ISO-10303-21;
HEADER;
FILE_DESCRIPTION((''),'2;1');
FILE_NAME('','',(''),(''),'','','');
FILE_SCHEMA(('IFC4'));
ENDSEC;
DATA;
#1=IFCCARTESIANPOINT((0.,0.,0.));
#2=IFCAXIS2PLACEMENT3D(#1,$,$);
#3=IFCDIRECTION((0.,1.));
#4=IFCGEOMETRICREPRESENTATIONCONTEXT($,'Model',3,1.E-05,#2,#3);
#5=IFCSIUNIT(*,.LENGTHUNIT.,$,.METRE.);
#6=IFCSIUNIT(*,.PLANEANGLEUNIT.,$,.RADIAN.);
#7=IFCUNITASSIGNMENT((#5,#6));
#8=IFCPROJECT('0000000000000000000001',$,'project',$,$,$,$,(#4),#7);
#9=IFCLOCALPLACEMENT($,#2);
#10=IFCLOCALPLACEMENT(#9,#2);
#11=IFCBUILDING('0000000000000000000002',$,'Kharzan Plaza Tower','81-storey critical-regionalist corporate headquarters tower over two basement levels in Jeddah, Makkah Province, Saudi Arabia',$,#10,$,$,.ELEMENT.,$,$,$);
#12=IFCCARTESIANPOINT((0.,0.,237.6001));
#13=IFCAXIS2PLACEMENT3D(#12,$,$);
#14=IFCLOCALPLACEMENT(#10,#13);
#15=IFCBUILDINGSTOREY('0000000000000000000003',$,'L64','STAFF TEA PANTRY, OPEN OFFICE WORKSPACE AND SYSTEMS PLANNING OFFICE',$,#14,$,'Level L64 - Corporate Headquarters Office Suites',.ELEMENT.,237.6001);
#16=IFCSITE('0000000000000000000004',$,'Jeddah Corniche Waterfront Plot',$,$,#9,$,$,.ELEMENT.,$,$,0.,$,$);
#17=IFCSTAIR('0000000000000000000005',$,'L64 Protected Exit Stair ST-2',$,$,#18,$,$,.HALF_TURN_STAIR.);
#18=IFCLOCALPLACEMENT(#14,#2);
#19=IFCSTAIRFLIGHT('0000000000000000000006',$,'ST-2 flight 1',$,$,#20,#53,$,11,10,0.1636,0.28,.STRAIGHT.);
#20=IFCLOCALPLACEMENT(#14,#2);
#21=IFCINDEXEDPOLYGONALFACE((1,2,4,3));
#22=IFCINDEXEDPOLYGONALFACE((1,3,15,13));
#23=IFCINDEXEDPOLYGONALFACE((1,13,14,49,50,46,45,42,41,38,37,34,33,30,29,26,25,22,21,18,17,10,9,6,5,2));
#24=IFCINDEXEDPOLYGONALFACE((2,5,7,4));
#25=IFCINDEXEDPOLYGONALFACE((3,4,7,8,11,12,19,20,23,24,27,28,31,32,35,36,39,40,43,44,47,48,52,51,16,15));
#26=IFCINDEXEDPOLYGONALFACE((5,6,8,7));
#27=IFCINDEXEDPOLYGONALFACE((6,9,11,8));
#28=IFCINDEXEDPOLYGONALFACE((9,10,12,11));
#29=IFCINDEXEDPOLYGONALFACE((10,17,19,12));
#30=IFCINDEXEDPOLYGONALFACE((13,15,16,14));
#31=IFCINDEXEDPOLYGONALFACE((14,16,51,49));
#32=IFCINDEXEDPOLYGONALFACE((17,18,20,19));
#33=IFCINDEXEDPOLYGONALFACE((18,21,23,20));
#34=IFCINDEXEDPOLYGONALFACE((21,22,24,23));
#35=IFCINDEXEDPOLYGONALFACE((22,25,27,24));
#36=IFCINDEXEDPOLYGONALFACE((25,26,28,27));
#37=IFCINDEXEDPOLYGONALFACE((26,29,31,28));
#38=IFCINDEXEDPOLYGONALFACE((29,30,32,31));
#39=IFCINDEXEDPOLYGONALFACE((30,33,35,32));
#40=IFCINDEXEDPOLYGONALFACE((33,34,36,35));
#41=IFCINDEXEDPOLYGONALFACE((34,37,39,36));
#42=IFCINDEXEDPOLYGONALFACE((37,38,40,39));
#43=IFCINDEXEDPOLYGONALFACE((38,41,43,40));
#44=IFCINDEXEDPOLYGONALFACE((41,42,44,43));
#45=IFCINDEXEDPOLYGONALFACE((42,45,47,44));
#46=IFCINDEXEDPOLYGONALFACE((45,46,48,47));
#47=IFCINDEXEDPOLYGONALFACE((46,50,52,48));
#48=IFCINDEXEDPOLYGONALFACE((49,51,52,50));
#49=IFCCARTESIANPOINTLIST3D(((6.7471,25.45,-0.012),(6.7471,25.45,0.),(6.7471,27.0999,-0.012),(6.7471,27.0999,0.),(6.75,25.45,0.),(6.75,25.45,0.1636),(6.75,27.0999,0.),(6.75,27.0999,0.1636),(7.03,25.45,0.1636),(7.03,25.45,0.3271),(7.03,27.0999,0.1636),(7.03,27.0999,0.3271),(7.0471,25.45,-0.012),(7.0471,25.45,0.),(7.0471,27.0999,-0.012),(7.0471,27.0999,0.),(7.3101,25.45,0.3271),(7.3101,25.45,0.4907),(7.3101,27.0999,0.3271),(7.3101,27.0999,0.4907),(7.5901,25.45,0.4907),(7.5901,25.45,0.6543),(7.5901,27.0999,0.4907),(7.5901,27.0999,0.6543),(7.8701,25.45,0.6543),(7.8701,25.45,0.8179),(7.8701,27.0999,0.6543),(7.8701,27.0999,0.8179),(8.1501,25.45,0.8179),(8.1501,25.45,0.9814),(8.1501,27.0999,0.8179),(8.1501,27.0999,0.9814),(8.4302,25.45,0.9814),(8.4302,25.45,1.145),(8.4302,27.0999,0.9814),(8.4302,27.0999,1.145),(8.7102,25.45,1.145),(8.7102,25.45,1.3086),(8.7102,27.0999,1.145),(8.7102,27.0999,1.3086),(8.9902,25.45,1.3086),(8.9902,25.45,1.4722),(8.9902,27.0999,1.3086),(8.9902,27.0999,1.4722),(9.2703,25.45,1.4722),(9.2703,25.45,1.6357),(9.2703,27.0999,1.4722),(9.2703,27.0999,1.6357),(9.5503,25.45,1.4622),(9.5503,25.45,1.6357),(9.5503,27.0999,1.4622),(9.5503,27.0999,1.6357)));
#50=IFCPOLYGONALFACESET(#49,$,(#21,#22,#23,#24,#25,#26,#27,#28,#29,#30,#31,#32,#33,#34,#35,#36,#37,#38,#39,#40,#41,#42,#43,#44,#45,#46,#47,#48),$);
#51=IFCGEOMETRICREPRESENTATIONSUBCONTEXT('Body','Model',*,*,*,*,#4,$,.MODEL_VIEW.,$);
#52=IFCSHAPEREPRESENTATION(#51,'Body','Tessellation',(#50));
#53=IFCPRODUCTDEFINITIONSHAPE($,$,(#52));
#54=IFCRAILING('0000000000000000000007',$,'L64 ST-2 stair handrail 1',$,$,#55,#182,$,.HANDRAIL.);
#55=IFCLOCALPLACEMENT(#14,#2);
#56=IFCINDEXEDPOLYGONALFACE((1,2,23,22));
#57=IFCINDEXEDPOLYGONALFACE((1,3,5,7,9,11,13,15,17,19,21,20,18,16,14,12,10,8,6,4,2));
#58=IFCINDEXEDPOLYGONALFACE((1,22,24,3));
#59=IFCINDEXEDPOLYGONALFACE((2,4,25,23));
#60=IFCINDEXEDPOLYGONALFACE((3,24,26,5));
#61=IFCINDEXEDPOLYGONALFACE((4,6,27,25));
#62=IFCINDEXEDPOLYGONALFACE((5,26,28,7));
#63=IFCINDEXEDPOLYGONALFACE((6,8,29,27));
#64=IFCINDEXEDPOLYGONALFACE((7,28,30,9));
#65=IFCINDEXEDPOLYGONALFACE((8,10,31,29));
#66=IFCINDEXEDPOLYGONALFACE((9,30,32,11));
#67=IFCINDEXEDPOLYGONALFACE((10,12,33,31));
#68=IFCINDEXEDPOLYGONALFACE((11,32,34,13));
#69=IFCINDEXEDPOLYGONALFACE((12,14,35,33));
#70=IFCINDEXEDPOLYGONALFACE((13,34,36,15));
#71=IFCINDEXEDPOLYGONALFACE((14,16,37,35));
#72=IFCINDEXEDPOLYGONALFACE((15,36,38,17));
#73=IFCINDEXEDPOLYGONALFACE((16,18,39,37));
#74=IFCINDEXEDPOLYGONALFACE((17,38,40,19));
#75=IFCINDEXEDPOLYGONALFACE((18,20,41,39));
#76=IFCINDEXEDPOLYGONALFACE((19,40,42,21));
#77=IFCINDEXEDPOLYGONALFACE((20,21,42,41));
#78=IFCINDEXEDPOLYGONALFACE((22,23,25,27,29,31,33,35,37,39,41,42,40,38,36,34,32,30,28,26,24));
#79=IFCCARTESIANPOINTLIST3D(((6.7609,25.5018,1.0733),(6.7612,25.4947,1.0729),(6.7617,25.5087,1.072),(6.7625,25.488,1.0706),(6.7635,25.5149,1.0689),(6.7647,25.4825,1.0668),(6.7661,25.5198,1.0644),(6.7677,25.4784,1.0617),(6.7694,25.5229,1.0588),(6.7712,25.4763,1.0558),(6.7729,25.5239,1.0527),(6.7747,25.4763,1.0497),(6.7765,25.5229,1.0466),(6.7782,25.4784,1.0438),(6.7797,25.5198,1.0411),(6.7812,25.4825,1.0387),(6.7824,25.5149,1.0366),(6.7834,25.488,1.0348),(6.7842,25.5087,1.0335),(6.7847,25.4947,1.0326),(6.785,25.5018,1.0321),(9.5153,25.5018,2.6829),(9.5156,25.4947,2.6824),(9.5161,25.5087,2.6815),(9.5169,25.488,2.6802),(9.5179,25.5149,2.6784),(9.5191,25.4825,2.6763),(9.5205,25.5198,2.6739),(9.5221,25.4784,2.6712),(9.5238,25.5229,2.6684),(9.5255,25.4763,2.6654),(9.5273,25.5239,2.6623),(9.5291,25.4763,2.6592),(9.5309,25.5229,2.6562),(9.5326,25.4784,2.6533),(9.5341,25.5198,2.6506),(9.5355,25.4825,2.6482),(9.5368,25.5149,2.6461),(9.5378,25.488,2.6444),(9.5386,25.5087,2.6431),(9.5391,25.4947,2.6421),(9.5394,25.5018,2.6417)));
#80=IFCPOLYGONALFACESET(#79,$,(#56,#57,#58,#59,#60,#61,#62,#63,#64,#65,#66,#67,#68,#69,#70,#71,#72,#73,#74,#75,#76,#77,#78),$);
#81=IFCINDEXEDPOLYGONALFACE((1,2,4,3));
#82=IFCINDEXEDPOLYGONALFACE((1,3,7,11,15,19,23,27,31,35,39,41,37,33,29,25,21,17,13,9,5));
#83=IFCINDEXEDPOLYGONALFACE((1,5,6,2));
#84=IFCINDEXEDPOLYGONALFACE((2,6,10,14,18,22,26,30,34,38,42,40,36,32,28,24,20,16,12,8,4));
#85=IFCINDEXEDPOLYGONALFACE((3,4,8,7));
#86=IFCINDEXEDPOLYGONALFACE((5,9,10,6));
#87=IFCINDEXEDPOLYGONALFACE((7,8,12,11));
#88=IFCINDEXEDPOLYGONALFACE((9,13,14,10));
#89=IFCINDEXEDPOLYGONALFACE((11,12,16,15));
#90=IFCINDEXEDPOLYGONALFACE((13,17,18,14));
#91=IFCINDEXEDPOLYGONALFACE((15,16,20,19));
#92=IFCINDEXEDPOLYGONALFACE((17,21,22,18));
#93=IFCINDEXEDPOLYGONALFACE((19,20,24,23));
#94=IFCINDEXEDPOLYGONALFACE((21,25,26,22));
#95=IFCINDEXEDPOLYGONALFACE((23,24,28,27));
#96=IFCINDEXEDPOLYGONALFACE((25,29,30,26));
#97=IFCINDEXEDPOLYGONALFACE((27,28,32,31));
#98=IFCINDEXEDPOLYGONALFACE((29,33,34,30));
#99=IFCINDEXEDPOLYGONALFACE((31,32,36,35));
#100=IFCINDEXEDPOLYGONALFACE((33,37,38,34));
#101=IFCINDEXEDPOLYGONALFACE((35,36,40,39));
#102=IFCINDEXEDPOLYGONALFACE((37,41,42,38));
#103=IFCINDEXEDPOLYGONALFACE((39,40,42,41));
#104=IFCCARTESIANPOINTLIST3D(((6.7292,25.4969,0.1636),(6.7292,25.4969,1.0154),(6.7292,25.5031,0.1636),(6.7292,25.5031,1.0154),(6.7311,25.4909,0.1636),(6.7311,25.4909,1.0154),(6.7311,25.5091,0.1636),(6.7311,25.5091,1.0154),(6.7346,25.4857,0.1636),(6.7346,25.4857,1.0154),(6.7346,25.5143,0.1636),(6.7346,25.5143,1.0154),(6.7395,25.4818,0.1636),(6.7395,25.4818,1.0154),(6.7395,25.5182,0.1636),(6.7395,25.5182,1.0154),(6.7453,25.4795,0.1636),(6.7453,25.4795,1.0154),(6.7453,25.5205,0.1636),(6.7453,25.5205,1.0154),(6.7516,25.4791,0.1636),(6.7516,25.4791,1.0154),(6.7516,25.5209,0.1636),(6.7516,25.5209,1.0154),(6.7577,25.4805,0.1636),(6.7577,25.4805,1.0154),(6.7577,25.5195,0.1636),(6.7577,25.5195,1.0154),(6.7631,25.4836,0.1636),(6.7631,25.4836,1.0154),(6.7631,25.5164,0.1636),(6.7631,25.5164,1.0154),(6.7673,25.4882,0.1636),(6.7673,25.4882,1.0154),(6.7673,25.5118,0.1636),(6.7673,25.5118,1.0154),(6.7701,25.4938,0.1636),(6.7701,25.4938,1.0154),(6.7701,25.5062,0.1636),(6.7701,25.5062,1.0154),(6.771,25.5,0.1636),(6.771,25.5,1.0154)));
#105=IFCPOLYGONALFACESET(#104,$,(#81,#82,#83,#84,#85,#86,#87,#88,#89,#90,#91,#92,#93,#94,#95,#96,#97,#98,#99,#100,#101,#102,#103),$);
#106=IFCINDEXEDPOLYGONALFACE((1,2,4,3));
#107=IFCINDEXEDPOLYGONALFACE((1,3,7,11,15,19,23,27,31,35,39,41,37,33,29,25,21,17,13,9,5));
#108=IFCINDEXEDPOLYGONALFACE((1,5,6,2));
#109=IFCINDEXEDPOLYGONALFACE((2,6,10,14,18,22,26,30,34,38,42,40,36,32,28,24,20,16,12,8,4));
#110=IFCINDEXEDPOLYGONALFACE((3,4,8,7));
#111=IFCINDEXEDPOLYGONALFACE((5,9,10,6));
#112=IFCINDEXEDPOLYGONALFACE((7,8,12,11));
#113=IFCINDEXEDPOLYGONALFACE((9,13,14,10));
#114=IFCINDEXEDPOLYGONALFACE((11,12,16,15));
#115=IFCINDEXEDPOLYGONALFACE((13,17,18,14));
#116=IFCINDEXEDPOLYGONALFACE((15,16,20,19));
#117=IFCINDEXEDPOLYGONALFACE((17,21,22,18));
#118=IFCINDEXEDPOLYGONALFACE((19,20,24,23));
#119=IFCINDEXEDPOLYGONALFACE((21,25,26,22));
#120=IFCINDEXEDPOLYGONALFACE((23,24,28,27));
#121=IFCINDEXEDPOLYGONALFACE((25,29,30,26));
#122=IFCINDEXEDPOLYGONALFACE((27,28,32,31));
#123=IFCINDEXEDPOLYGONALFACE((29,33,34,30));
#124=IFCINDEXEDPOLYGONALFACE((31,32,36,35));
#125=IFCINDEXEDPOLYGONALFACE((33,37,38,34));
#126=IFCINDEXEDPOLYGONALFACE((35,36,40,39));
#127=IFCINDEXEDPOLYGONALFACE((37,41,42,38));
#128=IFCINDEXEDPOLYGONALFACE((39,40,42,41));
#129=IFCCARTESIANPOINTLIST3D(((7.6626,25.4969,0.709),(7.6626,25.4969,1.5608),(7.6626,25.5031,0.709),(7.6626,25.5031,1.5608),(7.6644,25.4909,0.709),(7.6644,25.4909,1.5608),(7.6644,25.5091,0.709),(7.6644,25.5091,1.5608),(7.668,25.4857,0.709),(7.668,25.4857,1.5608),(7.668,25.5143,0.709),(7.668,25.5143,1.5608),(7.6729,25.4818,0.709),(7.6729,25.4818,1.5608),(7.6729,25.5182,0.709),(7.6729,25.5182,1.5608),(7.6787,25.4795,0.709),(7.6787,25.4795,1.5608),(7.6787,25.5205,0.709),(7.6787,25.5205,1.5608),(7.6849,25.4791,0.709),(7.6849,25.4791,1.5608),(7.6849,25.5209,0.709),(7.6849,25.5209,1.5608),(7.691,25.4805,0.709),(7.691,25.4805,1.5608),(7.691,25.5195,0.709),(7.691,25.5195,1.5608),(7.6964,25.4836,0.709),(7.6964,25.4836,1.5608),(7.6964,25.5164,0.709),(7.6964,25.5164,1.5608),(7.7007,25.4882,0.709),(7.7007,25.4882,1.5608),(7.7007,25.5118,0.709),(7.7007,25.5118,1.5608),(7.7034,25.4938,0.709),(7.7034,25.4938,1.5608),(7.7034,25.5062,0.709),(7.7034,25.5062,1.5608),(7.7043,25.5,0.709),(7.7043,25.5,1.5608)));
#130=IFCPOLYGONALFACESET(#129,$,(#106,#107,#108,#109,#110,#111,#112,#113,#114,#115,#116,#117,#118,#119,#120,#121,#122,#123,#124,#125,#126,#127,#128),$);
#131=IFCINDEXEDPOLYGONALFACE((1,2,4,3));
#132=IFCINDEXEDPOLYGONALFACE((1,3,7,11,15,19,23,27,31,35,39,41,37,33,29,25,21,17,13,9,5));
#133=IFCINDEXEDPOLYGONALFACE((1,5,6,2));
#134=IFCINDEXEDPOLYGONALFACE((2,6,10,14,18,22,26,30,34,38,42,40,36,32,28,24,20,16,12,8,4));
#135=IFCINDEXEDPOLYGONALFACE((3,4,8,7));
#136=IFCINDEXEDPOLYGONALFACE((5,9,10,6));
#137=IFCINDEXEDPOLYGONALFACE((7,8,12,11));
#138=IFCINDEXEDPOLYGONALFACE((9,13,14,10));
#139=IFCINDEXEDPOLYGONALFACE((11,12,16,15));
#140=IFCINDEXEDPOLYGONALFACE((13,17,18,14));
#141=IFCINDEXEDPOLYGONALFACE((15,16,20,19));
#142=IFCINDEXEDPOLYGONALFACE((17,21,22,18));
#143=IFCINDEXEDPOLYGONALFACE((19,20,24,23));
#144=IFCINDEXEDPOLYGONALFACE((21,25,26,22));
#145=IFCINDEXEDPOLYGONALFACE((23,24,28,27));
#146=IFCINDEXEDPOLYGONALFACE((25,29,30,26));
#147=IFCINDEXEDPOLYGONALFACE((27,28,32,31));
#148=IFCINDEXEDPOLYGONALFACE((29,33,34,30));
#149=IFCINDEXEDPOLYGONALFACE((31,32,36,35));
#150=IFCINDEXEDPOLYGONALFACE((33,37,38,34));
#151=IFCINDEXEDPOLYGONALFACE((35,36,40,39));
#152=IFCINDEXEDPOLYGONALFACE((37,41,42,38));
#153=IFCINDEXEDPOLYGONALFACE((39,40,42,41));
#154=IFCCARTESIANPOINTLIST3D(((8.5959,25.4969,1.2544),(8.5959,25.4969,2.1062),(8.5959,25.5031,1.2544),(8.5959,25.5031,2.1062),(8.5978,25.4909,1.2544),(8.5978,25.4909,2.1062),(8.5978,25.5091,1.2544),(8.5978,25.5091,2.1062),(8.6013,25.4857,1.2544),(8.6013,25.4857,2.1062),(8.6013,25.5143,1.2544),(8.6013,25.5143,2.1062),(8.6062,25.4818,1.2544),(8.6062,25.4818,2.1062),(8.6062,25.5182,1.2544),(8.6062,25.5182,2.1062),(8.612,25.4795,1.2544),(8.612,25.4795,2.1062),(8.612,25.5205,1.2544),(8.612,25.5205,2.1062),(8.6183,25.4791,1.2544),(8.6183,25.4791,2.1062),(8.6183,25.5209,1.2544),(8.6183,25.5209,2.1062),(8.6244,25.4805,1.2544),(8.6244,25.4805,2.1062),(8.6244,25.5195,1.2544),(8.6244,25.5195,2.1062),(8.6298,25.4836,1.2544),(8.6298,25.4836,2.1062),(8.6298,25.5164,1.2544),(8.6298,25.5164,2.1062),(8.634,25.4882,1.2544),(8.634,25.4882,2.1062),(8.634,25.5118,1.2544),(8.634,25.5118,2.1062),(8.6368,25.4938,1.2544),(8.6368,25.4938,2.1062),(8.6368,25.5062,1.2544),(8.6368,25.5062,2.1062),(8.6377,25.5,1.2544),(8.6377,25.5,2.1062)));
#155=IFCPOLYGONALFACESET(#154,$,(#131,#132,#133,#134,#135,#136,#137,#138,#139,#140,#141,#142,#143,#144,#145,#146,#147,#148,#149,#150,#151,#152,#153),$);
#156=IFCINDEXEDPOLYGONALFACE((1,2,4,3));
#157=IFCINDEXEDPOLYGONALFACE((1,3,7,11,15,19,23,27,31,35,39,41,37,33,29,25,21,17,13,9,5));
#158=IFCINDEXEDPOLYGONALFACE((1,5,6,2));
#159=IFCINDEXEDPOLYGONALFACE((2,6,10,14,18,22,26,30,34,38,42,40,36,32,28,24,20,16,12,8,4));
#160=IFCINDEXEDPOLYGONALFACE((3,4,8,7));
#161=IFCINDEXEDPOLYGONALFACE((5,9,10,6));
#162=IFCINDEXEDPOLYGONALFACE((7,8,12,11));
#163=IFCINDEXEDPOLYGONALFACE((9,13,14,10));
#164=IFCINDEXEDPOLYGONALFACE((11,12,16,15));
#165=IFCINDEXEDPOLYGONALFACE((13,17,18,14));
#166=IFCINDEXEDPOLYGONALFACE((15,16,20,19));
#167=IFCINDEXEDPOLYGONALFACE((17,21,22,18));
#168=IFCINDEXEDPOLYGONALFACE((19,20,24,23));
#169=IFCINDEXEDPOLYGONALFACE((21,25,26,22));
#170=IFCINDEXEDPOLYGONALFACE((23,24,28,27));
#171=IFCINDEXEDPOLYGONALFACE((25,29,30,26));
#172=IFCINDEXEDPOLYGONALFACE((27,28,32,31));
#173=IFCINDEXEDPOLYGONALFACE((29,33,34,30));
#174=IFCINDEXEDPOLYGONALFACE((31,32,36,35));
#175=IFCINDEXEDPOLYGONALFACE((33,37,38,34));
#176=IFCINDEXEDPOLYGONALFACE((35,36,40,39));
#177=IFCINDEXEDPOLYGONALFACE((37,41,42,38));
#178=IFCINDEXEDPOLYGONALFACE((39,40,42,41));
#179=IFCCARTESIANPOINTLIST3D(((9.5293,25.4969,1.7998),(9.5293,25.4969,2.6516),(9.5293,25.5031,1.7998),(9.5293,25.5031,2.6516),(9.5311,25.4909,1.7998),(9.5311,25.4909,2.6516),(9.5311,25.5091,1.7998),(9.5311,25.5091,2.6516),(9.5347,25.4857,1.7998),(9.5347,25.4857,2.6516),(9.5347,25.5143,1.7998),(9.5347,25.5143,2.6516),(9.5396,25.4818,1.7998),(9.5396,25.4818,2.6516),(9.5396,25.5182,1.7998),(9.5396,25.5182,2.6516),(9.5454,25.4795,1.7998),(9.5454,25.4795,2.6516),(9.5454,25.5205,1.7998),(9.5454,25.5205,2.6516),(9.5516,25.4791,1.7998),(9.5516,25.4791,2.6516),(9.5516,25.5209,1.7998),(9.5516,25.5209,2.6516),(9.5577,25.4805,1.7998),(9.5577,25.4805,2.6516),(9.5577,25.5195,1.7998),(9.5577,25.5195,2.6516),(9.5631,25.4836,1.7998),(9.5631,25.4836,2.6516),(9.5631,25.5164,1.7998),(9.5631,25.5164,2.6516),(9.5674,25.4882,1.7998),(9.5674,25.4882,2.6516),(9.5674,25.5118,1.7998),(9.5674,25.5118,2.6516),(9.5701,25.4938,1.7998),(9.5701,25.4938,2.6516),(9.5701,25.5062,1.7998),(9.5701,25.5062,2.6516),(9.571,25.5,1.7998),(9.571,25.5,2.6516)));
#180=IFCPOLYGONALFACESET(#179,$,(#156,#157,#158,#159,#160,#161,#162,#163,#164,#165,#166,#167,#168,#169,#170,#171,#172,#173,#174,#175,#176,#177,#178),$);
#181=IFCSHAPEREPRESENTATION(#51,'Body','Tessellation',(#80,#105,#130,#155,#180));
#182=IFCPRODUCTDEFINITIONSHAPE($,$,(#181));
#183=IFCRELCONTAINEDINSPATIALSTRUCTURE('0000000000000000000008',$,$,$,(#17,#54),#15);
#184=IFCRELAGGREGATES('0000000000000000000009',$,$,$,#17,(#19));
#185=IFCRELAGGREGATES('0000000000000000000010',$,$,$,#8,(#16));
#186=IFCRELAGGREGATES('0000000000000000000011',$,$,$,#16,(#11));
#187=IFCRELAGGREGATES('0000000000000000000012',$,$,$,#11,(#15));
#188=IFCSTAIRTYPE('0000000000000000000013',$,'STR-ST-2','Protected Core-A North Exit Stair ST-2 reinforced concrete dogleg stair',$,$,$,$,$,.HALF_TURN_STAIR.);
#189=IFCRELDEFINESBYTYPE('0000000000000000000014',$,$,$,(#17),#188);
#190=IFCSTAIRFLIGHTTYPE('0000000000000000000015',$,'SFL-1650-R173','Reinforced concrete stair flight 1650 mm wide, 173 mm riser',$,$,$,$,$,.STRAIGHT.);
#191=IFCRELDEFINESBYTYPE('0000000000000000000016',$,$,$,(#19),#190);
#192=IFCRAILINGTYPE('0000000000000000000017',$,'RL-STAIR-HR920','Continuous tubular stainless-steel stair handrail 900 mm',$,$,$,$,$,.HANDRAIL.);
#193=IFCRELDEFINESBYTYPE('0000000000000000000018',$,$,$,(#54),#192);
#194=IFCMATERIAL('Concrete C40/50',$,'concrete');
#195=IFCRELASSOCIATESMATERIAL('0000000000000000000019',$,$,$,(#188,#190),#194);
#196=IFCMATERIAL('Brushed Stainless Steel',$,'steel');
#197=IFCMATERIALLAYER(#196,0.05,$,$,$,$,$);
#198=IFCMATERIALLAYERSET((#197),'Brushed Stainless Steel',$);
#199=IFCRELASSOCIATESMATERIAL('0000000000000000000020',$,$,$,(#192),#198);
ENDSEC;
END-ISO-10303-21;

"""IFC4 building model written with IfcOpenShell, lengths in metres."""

from ifc_helpers import new_model, si_unit, direction, frame, origin, origin_2d, place, context, subcontext, project, spatial, polyline, circle, outline, extrude, source, transform, mapped, material, layer, layer_set, type_object, element, aggregate, save


model = new_model("IFC4")

# Units and contexts
model_context = context("Model", 3, precision=1e-05, world=origin(), true_north=direction((0.0, 1.0)))
body_context = subcontext(model_context, "Body", "Model", "MODEL_VIEW")
ifc_project = project(units=[si_unit("LENGTHUNIT", "METRE"), si_unit("PLANEANGLEUNIT", "RADIAN")], contexts=[model_context])

# Site, building, storey
site_placement = place(None, origin())
site = spatial("IfcSite", under=ifc_project, at=site_placement, Name="Jeddah Corniche Waterfront Plot", CompositionType="ELEMENT", RefElevation=0.0)
building_placement = place(site_placement, origin())
building = spatial("IfcBuilding", under=site, at=building_placement, Name="Kharzan Plaza Tower", Description="81-storey critical-regionalist corporate headquarters tower over two basement levels in Jeddah, Makkah Province, Saudi Arabia", CompositionType="ELEMENT")
storey_placement = place(building_placement, frame((0.0, 0.0, 237.6001)))
storey = spatial("IfcBuildingStorey", under=building, at=storey_placement, Name="L64", Description="STAFF TEA PANTRY, OPEN OFFICE WORKSPACE AND SYSTEMS PLANNING OFFICE", LongName="Level L64 - Corporate Headquarters Office Suites", CompositionType="ELEMENT", Elevation=237.6001)

# Shared definitions
ifc_material_1 = material(Name="Concrete C40/50", Category="concrete")
ifc_material_2 = material(Name="Brushed Stainless Steel", Category="steel")

# Stair, stair flight
stair_type = type_object("IfcStairType", Name="STR-ST-2", Description="Protected Core-A North Exit Stair ST-2 reinforced concrete dogleg stair", PredefinedType="HALF_TURN_STAIR", material=ifc_material_1)
stair_placement = place(storey_placement, origin())
stair = element("IfcStair", 1, at=stair_placement, inside=storey, type_object=stair_type, Name="L64 Protected Exit Stair ST-2", PredefinedType="HALF_TURN_STAIR")
stair_flight_type = type_object("IfcStairFlightType", Name="SFL-1650-R173", Description="Reinforced concrete stair flight 1650 mm wide, 173 mm riser", PredefinedType="STRAIGHT", material=ifc_material_1)
shared_shape_1 = source(origin(), body_context, "Body", "SweptSolid", [
    extrude(outline(polyline([(-0.0029, -0.012), (-0.0029, 0.0), (0.0, 0.0), (0.0, 0.1636), (0.28, 0.1636), (0.28, 0.3271), (0.5601, 0.3271), (0.5601, 0.4907), (0.8401, 0.4907), (0.8401, 0.6543), (1.1201, 0.6543), (1.1201, 0.8179), (1.4001, 0.8179), (1.4001, 0.9814), (1.6802, 0.9814), (1.6802, 1.145), (1.9602, 1.145), (1.9602, 1.3086), (2.2402, 1.3086), (2.2402, 1.4722), (2.5203, 1.4722), (2.5203, 1.6357), (2.8003, 1.6357), (2.8003, 1.7993), (2.8003, 1.4622), (0.2971, 0.0), (0.2971, -0.012), (-0.0029, -0.012)])), frame((0.0, 0.825, 0.0), z_axis=(0.0, -1.0, 0.0), x_axis=(1.0, 0.0, 0.0)), (0.0, 0.0, 1.0), 1.6499),
])
stair_flight_placement = place(storey_placement, frame((6.75, 26.2749, 0.0), z_axis=(0.0, 0.0, 1.0), x_axis=(1.0, 0.0, 0.0)))
stair_flight = element("IfcStairFlight", 2, at=stair_flight_placement, type_object=stair_flight_type, Name="ST-2 flight 1", NumberOfRisers=11, NumberOfTreads=10, PredefinedType="STRAIGHT", RiserHeight=0.1636, TreadLength=0.28, context=body_context, shape_type="MappedRepresentation", body=[
    mapped(shared_shape_1, transform((0.0, 0.0, 0.0), x_axis=(1.0, 0.0, 0.0), y_axis=(0.0, 1.0, 0.0), z_axis=(0.0, 0.0, 1.0))),
])
aggregate(stair, [stair_flight])

# Railing
ifc_layer_1 = layer(ifc_material_2, 0.05)
ifc_layer_set_1 = layer_set([ifc_layer_1], Name="Brushed Stainless Steel")
railing_type = type_object("IfcRailingType", Name="RL-STAIR-HR920", Description="Continuous tubular stainless-steel stair handrail 900 mm", PredefinedType="HANDRAIL", material=ifc_layer_set_1)
shared_shape_2 = source(origin(), body_context, "Body", "SweptSolid", [
    extrude(circle(Radius=0.0239, at=origin_2d()), frame((0.0229, 0.0, 0.8892), z_axis=(0.863394, 0.0, 0.504531), x_axis=(0.0, 1.0, 0.0)), (0.0, 0.0, 1.0), 3.1902),
    extrude(circle(Radius=0.021, at=origin_2d()), origin(), (0.0, 0.0, 1.0), 0.8518),
    extrude(circle(Radius=0.021, at=origin_2d()), frame((0.9333, 0.0, 0.5454)), (0.0, 0.0, 1.0), 0.8518),
    extrude(circle(Radius=0.021, at=origin_2d()), frame((1.8667, 0.0, 1.0908)), (0.0, 0.0, 1.0), 0.8518),
    extrude(circle(Radius=0.021, at=origin_2d()), frame((2.8, 0.0, 1.6362)), (0.0, 0.0, 1.0), 0.8518),
])
railing_placement = place(storey_placement, frame((6.75, 25.5, 0.1636)))
element("IfcRailing", 3, at=railing_placement, inside=storey, type_object=railing_type, Name="L64 ST-2 stair handrail 1", PredefinedType="HANDRAIL", context=body_context, shape_type="MappedRepresentation", body=[
    mapped(shared_shape_2, transform((0.0, 0.0, 0.0), x_axis=(1.0, 0.0, 0.0), y_axis=(0.0, 1.0, 0.0), z_axis=(0.0, 0.0, 1.0))),
])

save(model, "model.ifc")
